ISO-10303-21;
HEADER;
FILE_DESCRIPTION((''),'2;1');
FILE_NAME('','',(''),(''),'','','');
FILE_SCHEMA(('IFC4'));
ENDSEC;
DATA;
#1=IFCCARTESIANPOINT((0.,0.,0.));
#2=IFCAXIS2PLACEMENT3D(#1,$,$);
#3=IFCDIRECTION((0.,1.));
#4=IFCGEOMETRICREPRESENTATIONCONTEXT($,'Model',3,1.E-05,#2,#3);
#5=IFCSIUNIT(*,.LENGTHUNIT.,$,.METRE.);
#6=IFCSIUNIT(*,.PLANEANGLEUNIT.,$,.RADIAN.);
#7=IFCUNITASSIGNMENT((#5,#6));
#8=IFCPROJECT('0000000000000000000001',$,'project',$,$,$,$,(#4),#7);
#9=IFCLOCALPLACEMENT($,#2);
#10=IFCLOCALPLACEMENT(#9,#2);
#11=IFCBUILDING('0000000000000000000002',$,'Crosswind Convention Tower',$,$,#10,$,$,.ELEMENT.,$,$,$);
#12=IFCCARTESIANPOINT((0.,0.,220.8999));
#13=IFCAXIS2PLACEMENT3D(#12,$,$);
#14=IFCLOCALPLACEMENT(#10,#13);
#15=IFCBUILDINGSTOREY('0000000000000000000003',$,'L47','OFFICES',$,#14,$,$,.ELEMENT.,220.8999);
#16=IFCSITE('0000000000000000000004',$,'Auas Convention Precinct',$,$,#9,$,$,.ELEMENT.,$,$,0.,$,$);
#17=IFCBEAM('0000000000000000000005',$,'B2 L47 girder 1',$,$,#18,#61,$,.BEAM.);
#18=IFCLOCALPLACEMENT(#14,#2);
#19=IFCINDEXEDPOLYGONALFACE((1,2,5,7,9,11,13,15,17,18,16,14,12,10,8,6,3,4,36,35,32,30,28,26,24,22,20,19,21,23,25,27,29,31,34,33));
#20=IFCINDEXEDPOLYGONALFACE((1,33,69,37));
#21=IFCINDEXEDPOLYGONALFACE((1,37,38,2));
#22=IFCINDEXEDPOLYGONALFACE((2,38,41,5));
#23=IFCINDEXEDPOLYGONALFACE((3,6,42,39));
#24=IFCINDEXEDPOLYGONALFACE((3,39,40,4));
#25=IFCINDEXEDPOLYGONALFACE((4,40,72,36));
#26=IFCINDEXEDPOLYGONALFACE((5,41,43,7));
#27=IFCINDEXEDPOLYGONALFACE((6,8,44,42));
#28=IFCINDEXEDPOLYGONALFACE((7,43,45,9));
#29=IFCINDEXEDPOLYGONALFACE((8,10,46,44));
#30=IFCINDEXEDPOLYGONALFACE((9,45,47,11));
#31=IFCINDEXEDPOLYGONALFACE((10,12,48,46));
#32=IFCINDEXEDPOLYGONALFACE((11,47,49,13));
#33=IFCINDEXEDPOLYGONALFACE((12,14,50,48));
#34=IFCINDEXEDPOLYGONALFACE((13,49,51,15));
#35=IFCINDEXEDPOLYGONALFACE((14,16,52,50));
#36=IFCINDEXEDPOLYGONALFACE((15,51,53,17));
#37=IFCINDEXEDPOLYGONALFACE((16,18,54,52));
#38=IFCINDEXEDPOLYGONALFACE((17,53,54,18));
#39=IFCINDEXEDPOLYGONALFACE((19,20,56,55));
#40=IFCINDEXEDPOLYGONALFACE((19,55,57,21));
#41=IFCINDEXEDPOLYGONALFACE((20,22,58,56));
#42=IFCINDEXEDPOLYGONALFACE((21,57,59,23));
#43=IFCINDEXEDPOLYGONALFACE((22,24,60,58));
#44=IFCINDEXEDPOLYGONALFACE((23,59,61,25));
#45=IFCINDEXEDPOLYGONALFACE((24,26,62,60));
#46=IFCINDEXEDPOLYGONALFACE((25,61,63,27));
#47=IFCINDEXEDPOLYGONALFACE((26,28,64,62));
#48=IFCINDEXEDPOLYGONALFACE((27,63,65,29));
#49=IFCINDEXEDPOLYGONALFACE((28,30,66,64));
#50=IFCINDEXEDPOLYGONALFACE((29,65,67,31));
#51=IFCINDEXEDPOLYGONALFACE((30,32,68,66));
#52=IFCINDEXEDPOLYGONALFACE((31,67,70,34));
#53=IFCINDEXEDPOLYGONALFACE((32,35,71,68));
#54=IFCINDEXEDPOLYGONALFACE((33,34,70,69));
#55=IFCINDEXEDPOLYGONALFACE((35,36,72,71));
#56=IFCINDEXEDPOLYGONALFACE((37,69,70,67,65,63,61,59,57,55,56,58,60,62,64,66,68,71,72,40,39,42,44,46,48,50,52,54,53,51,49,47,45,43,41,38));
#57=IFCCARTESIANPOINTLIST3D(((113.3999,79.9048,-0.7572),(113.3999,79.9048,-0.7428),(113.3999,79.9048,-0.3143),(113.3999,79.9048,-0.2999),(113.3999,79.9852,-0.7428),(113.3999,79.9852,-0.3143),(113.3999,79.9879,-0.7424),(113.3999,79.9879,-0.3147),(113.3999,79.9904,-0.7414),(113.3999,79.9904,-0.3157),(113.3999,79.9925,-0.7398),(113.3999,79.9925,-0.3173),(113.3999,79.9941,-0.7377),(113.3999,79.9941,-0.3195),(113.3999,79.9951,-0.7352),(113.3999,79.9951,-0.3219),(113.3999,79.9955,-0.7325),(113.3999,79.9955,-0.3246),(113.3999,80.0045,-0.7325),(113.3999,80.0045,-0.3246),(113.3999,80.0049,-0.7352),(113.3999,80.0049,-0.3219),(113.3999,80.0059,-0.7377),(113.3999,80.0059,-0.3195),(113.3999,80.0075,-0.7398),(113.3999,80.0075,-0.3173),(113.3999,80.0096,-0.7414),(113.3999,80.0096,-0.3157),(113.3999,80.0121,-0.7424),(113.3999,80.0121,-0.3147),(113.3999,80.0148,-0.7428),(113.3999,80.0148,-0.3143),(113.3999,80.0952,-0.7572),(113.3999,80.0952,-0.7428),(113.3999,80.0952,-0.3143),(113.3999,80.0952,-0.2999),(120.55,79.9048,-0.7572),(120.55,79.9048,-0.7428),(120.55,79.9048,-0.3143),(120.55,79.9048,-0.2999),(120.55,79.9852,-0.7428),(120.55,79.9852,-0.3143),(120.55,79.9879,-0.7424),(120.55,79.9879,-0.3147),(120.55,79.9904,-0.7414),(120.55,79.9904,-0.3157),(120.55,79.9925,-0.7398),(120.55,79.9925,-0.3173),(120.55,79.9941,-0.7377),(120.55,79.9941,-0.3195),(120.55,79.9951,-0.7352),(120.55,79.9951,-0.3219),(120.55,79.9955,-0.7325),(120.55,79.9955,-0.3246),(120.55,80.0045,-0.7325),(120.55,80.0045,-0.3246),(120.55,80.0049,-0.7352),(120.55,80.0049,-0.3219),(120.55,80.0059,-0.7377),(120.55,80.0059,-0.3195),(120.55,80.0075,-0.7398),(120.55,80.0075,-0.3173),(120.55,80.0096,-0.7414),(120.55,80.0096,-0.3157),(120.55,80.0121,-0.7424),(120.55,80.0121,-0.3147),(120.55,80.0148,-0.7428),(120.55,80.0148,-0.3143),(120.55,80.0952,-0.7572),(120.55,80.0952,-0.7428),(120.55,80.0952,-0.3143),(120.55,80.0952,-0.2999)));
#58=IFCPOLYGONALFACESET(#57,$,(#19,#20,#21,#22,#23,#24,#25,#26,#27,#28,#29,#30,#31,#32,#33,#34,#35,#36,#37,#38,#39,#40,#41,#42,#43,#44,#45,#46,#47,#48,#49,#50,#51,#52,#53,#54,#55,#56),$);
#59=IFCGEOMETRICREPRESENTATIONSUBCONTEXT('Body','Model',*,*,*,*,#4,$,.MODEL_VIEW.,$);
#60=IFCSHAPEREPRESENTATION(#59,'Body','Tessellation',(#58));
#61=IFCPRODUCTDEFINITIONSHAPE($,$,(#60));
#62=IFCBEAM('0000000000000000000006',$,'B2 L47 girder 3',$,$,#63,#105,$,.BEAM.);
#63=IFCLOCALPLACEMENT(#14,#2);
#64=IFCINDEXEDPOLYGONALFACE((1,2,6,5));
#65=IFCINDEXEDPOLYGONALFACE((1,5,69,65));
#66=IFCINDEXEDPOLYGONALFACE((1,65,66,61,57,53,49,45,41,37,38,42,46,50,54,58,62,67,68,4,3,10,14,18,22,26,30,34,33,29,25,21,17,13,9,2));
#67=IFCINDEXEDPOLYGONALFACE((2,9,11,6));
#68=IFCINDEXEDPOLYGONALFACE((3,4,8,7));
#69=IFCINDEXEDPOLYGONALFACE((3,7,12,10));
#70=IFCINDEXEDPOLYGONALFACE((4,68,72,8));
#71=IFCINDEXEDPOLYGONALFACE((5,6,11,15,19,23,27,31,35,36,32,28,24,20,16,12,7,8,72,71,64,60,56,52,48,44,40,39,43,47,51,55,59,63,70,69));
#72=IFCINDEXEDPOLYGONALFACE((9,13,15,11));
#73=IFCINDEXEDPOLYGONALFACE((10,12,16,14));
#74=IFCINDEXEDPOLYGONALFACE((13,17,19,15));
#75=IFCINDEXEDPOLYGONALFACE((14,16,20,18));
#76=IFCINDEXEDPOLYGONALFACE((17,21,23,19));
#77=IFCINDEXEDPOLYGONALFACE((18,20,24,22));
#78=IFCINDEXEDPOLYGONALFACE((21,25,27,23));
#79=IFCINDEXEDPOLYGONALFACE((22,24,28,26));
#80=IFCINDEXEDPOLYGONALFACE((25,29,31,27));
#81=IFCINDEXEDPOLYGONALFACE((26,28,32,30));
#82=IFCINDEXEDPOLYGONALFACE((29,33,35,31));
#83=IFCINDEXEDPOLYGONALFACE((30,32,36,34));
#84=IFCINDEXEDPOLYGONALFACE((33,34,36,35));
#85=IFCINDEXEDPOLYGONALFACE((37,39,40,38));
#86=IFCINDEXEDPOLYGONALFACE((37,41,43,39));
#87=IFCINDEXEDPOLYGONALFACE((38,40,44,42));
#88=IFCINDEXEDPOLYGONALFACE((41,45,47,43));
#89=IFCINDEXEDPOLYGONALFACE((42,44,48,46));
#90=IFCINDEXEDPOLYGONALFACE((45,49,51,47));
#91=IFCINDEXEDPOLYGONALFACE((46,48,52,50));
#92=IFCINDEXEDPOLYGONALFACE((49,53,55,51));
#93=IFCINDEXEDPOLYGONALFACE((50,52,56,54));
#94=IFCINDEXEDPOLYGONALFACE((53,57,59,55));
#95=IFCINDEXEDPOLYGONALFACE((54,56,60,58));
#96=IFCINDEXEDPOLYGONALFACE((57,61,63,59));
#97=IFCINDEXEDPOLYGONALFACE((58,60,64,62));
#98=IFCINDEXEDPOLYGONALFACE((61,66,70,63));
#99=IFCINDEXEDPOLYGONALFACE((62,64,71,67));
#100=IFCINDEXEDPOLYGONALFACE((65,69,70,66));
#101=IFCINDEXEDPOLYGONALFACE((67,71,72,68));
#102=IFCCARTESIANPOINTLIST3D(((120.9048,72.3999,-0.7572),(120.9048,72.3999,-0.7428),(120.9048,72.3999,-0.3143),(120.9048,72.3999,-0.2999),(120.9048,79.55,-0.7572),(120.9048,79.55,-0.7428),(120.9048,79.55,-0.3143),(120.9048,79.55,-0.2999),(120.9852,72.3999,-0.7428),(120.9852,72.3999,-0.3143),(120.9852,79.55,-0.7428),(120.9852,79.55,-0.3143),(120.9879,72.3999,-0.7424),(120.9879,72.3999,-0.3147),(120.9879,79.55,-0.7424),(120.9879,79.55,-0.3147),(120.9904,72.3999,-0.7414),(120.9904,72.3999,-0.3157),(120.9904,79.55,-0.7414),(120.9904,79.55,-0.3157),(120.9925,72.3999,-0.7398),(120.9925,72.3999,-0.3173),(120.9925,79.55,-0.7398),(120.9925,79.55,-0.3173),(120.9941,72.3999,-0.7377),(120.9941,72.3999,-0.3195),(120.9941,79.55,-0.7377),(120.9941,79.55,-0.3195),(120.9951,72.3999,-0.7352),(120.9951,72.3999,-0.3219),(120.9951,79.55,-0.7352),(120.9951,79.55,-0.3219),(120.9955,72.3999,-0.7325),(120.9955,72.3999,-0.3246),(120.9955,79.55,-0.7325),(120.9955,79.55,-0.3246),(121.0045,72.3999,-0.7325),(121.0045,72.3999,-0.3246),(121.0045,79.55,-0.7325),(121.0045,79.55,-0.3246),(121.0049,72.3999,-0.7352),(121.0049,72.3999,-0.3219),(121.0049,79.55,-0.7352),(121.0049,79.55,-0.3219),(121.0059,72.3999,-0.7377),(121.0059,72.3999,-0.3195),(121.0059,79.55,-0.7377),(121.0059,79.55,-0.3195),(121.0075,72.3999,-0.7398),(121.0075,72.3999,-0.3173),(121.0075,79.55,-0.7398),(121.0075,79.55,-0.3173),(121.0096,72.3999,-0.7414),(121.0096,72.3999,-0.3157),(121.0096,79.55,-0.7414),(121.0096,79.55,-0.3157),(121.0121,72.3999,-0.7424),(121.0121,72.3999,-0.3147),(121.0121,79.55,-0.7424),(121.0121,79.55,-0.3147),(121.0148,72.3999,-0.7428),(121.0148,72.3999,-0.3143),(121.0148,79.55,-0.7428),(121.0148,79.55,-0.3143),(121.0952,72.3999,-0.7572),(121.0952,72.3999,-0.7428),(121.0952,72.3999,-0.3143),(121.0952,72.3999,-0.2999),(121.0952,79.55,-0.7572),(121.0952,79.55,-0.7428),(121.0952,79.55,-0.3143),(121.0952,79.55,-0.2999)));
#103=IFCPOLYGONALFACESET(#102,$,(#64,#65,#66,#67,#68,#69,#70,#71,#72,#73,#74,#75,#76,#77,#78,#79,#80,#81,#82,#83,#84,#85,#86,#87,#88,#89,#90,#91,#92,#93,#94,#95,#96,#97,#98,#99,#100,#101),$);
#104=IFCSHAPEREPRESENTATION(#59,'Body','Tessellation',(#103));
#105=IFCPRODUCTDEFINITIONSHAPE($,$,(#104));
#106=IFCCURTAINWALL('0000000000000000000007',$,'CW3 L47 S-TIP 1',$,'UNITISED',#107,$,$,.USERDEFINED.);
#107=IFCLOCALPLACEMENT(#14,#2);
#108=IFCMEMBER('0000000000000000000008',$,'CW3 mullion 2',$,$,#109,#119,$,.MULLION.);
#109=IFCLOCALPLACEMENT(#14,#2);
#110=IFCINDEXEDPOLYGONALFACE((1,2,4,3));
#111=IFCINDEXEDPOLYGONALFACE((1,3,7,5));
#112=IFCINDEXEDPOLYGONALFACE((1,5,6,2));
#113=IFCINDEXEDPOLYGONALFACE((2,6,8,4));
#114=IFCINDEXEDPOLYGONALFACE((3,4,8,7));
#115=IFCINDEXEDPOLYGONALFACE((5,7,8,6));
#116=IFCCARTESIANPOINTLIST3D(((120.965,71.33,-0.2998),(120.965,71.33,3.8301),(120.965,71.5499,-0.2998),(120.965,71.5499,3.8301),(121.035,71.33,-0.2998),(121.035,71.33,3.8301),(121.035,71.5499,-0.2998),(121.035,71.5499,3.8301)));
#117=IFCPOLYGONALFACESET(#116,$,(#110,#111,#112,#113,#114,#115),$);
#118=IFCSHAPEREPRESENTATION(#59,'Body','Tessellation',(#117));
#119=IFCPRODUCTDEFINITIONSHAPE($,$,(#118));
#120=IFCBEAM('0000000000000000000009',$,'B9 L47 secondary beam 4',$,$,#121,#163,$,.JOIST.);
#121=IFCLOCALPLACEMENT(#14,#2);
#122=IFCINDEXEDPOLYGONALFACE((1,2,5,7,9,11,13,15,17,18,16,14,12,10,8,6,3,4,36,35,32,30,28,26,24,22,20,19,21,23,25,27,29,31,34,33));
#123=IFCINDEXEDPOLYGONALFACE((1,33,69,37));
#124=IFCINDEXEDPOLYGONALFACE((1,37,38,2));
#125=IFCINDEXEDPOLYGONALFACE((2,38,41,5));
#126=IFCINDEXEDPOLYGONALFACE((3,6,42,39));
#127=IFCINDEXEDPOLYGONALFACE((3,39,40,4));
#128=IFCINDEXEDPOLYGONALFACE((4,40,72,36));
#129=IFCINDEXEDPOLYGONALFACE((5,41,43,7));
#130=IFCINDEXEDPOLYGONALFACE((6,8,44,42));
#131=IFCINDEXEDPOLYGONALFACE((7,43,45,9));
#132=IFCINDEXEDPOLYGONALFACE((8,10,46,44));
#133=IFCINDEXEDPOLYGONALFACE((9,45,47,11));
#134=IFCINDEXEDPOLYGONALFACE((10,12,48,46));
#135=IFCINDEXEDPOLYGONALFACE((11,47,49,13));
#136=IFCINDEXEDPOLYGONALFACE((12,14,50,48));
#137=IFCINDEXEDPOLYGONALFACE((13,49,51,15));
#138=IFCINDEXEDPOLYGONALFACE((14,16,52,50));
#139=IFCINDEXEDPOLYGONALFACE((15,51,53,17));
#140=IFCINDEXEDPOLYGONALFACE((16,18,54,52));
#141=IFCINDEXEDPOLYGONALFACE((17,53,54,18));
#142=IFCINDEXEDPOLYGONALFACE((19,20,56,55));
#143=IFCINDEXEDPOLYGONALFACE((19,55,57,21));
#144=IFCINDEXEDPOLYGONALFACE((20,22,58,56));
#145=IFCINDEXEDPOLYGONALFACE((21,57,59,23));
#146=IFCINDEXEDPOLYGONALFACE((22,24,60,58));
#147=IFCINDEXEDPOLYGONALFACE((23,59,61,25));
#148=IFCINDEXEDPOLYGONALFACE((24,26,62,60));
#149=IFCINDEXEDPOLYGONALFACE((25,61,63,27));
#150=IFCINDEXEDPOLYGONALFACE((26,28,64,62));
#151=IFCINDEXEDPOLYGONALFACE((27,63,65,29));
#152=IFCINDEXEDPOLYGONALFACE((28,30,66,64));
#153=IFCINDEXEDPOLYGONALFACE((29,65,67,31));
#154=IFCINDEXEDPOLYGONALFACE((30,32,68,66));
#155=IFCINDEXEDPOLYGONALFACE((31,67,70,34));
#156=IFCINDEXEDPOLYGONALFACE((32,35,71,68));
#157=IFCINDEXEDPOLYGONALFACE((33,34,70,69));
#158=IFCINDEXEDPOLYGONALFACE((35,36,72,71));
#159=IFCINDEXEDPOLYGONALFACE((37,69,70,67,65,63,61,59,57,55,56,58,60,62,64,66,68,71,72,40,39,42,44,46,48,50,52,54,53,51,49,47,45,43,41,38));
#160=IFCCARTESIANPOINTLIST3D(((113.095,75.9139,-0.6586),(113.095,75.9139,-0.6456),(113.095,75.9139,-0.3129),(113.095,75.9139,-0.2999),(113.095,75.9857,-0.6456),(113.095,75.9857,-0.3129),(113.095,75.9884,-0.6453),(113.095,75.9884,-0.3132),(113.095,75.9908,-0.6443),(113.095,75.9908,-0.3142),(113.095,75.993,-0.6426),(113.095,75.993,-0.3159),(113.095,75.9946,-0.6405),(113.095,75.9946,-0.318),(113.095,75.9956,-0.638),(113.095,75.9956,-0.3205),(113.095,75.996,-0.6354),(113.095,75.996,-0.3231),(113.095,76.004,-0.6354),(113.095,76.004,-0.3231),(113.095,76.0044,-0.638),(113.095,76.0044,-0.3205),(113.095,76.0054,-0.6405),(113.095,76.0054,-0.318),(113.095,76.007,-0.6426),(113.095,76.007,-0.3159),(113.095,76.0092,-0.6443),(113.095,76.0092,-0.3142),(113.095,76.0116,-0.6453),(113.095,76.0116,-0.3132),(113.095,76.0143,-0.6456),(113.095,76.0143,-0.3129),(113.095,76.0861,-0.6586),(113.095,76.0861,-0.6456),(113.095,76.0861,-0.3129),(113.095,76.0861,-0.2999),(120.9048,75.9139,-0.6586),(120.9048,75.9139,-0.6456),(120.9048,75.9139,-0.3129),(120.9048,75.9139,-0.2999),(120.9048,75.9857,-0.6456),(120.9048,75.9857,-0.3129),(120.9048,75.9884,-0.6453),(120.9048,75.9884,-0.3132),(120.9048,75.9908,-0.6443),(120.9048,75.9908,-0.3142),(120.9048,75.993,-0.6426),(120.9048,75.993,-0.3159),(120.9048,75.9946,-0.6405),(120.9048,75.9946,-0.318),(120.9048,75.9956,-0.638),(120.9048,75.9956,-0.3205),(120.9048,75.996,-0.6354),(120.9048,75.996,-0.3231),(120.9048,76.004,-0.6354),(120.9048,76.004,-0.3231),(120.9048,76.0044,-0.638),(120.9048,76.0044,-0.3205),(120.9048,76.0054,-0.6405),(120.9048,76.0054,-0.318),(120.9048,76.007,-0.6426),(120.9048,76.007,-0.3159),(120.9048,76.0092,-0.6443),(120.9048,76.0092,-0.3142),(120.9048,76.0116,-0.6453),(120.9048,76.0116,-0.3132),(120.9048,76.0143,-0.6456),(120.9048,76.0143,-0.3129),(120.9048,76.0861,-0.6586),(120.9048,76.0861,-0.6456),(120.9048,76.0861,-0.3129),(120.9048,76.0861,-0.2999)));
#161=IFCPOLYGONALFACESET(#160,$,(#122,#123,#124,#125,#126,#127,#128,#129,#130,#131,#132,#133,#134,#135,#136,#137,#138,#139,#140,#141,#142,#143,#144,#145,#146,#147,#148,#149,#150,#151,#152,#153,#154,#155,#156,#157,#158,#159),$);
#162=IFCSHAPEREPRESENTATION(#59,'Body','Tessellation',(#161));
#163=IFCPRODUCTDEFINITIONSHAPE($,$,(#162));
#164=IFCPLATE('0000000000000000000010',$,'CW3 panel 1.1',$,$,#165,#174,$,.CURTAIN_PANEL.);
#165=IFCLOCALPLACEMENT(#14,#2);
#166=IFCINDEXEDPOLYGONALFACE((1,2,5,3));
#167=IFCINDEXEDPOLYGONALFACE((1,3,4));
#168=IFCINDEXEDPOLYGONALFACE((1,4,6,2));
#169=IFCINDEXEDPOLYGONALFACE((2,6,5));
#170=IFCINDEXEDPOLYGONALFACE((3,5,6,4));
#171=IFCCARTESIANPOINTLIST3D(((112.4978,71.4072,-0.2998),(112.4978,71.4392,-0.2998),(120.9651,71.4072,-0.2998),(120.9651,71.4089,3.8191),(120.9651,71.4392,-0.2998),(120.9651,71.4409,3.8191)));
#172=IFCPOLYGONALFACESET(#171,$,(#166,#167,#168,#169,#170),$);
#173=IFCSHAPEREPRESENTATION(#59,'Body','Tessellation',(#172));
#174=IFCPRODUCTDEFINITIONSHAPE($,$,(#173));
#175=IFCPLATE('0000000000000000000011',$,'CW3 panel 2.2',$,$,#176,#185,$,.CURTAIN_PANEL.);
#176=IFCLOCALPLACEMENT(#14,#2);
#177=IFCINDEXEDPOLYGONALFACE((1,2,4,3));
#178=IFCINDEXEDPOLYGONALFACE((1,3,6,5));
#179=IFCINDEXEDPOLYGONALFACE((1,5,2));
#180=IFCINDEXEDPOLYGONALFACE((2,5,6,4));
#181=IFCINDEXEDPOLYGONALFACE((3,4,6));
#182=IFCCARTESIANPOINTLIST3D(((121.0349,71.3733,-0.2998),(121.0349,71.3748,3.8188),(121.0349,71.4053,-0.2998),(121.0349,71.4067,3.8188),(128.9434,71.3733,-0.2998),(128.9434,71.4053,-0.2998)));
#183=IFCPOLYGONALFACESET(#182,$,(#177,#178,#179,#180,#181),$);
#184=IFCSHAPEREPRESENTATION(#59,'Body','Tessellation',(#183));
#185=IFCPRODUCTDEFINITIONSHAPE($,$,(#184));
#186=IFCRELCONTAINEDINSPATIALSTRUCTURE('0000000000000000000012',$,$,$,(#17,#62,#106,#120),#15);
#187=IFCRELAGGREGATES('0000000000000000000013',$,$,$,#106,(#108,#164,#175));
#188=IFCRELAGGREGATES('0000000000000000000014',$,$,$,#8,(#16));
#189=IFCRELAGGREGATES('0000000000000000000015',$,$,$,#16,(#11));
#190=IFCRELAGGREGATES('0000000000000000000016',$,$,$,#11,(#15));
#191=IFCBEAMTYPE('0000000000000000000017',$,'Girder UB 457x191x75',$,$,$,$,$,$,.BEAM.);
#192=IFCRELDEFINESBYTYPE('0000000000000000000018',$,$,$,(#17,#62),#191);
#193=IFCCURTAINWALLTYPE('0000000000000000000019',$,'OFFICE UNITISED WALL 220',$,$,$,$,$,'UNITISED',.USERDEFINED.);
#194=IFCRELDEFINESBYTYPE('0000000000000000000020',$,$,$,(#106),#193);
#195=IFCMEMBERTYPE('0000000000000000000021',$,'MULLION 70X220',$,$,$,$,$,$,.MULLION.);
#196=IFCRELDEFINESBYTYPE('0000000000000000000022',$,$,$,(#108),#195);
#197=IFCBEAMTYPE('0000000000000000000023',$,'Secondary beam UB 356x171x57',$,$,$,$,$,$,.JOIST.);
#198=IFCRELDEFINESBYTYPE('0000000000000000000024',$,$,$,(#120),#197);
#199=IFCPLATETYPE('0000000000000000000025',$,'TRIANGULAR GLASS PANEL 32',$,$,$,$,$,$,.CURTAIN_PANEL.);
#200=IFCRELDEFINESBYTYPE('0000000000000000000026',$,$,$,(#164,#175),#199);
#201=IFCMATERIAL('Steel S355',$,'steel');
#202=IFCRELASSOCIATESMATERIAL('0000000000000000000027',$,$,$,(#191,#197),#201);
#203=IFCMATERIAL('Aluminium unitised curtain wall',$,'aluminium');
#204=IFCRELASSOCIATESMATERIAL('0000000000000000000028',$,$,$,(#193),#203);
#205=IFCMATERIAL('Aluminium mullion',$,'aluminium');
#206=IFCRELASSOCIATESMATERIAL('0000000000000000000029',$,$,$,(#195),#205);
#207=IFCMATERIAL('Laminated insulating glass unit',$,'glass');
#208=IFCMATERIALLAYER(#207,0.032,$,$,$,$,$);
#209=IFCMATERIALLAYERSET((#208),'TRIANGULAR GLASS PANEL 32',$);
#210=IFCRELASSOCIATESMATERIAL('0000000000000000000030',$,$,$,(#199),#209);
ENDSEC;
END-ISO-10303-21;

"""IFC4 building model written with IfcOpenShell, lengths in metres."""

from ifc_helpers import new_model, si_unit, direction, frame, origin, origin_2d, place, context, subcontext, project, spatial, polyline, rectangle, i_section, outline, extrude, material, layer, layer_set, material_profile, profile_set, type_object, element, aggregate, save


model = new_model("IFC4")

# Units and contexts
model_context = context("Model", 3, precision=1e-05, world=origin(), true_north=direction((0.0, 1.0)))
body_context = subcontext(model_context, "Body", "Model", "MODEL_VIEW")
ifc_project = project(units=[si_unit("LENGTHUNIT", "METRE"), si_unit("PLANEANGLEUNIT", "RADIAN")], contexts=[model_context])

# Site, building, storey
site_placement = place(None, origin())
site = spatial("IfcSite", under=ifc_project, at=site_placement, Name="Auas Convention Precinct", CompositionType="ELEMENT", RefElevation=0.0)
building_placement = place(site_placement, origin())
building = spatial("IfcBuilding", under=site, at=building_placement, Name="Crosswind Convention Tower", CompositionType="ELEMENT")
storey_placement = place(building_placement, frame((0.0, 0.0, 220.8999)))
storey = spatial("IfcBuildingStorey", under=building, at=storey_placement, Name="L47", Description="OFFICES", CompositionType="ELEMENT", Elevation=220.8999)

# Beams
ifc_material_1 = material(Name="Steel S355", Category="steel")
ifc_material_profile_1 = material_profile(ifc_material_1, i_section(OverallWidth=0.1904, OverallDepth=0.4573, WebThickness=0.009, FlangeThickness=0.0144, FilletRadius=0.0103, at=origin_2d()), Name="UB 457x191x75")
ifc_profile_set_1 = profile_set([ifc_material_profile_1], Name="Steel S355")
beam_type_1 = type_object("IfcBeamType", Name="Girder UB 457x191x75", PredefinedType="BEAM", material=ifc_profile_set_1)
for number, where, z_axis, x_axis, name in (
    (1, (113.3999, 80.0, -0.5286), (1.0, 0.0, 0.0), (0.0, 1.0, 0.0), "B2 L47 girder 1"),
    (2, (121.0, 72.3999, -0.5286), (0.0, 1.0, 0.0), (-1.0, 0.0, 0.0), "B2 L47 girder 3"),
):
    element("IfcBeam", number, at=place(storey_placement, frame(where, z_axis=z_axis, x_axis=x_axis)), inside=storey, type_object=beam_type_1, Name=name, PredefinedType="BEAM", context=body_context, shape_type="SweptSolid", body=[
        extrude(i_section(OverallWidth=0.1904, OverallDepth=0.4573, WebThickness=0.009, FlangeThickness=0.0144, FilletRadius=0.0103, at=origin_2d()), origin(), (0.0, 0.0, 1.0), 7.1501),
    ])

# Curtain wall, member
ifc_material_2 = material(Name="Aluminium unitised curtain wall", Category="aluminium")
curtain_wall_type = type_object("IfcCurtainWallType", Name="OFFICE UNITISED WALL 220", ElementType="UNITISED", PredefinedType="USERDEFINED", material=ifc_material_2)
curtain_wall_placement = place(storey_placement, origin())
curtain_wall = element("IfcCurtainWall", 3, at=curtain_wall_placement, inside=storey, type_object=curtain_wall_type, Name="CW3 L47 S-TIP 1", ObjectType="UNITISED", PredefinedType="USERDEFINED")
ifc_material_3 = material(Name="Aluminium mullion", Category="aluminium")
ifc_material_profile_2 = material_profile(ifc_material_3, rectangle(XDim=0.22, YDim=0.0701, at=origin_2d()), Name="AL 220X70")
ifc_profile_set_2 = profile_set([ifc_material_profile_2], Name="Aluminium mullion")
member_type = type_object("IfcMemberType", Name="MULLION 70X220", PredefinedType="MULLION", material=ifc_profile_set_2)
member_placement = place(storey_placement, frame((121.0, 71.4399, -0.2998), z_axis=(0.0, 0.0, 1.0), x_axis=(0.0, -1.0, 0.0)))
member = element("IfcMember", 4, at=member_placement, type_object=member_type, Name="CW3 mullion 2", PredefinedType="MULLION", context=body_context, shape_type="SweptSolid", body=[
    extrude(rectangle(XDim=0.22, YDim=0.0701, at=origin_2d()), origin(), (0.0, 0.0, 1.0), 4.1299),
])

# Beam
ifc_material_profile_3 = material_profile(ifc_material_1, i_section(OverallWidth=0.1721, OverallDepth=0.3586, WebThickness=0.0081, FlangeThickness=0.0129, FilletRadius=0.0103, at=origin_2d()), Name="UB 356x171x57")
ifc_profile_set_3 = profile_set([ifc_material_profile_3], Name="Steel S355")
beam_type_2 = type_object("IfcBeamType", Name="Secondary beam UB 356x171x57", PredefinedType="JOIST", material=ifc_profile_set_3)
beam_placement = place(storey_placement, frame((113.095, 76.0, -0.4792), z_axis=(1.0, 0.0, 0.0), x_axis=(0.0, 1.0, 0.0)))
element("IfcBeam", 5, at=beam_placement, inside=storey, type_object=beam_type_2, Name="B9 L47 secondary beam 4", PredefinedType="JOIST", context=body_context, shape_type="SweptSolid", body=[
    extrude(i_section(OverallWidth=0.1721, OverallDepth=0.3586, WebThickness=0.0081, FlangeThickness=0.0129, FilletRadius=0.0103, at=origin_2d()), origin(), (0.0, 0.0, 1.0), 7.8098),
])

# Plates
ifc_material_4 = material(Name="Laminated insulating glass unit", Category="glass")
ifc_layer_1 = layer(ifc_material_4, 0.032)
ifc_layer_set_1 = layer_set([ifc_layer_1], Name="TRIANGULAR GLASS PANEL 32")
plate_type = type_object("IfcPlateType", Name="TRIANGULAR GLASS PANEL 32", PredefinedType="CURTAIN_PANEL", material=ifc_layer_set_1)
plate_1_placement = place(storey_placement, frame((120.9651, 71.4072, -0.2998), z_axis=(0.0, -1.0, 0.000415), x_axis=(0.0, 0.000415, 1.0)))
plate_1 = element("IfcPlate", 6, at=plate_1_placement, type_object=plate_type, Name="CW3 panel 1.1", PredefinedType="CURTAIN_PANEL", context=body_context, shape_type="SweptSolid", body=[
    extrude(outline(polyline([(0.0, 0.0), (4.1189, 0.0), (0.0, 8.4673), (0.0, 0.0)])), origin(), (0.0, 0.0, -1.0), 0.032),
])
plate_2_placement = place(storey_placement, frame((121.0349, 71.3733, -0.2998), z_axis=(0.0, -1.0, 0.000356), x_axis=(1.0, 0.0, 0.0)))
plate_2 = element("IfcPlate", 7, at=plate_2_placement, type_object=plate_type, Name="CW3 panel 2.2", PredefinedType="CURTAIN_PANEL", context=body_context, shape_type="SweptSolid", body=[
    extrude(outline(polyline([(0.0, 0.0), (7.9084, 0.0), (0.0, 4.1187), (0.0, 0.0)])), origin(), (0.0, 0.0, -1.0), 0.032),
])
aggregate(curtain_wall, [member, plate_1, plate_2])

save(model, "model.ifc")
